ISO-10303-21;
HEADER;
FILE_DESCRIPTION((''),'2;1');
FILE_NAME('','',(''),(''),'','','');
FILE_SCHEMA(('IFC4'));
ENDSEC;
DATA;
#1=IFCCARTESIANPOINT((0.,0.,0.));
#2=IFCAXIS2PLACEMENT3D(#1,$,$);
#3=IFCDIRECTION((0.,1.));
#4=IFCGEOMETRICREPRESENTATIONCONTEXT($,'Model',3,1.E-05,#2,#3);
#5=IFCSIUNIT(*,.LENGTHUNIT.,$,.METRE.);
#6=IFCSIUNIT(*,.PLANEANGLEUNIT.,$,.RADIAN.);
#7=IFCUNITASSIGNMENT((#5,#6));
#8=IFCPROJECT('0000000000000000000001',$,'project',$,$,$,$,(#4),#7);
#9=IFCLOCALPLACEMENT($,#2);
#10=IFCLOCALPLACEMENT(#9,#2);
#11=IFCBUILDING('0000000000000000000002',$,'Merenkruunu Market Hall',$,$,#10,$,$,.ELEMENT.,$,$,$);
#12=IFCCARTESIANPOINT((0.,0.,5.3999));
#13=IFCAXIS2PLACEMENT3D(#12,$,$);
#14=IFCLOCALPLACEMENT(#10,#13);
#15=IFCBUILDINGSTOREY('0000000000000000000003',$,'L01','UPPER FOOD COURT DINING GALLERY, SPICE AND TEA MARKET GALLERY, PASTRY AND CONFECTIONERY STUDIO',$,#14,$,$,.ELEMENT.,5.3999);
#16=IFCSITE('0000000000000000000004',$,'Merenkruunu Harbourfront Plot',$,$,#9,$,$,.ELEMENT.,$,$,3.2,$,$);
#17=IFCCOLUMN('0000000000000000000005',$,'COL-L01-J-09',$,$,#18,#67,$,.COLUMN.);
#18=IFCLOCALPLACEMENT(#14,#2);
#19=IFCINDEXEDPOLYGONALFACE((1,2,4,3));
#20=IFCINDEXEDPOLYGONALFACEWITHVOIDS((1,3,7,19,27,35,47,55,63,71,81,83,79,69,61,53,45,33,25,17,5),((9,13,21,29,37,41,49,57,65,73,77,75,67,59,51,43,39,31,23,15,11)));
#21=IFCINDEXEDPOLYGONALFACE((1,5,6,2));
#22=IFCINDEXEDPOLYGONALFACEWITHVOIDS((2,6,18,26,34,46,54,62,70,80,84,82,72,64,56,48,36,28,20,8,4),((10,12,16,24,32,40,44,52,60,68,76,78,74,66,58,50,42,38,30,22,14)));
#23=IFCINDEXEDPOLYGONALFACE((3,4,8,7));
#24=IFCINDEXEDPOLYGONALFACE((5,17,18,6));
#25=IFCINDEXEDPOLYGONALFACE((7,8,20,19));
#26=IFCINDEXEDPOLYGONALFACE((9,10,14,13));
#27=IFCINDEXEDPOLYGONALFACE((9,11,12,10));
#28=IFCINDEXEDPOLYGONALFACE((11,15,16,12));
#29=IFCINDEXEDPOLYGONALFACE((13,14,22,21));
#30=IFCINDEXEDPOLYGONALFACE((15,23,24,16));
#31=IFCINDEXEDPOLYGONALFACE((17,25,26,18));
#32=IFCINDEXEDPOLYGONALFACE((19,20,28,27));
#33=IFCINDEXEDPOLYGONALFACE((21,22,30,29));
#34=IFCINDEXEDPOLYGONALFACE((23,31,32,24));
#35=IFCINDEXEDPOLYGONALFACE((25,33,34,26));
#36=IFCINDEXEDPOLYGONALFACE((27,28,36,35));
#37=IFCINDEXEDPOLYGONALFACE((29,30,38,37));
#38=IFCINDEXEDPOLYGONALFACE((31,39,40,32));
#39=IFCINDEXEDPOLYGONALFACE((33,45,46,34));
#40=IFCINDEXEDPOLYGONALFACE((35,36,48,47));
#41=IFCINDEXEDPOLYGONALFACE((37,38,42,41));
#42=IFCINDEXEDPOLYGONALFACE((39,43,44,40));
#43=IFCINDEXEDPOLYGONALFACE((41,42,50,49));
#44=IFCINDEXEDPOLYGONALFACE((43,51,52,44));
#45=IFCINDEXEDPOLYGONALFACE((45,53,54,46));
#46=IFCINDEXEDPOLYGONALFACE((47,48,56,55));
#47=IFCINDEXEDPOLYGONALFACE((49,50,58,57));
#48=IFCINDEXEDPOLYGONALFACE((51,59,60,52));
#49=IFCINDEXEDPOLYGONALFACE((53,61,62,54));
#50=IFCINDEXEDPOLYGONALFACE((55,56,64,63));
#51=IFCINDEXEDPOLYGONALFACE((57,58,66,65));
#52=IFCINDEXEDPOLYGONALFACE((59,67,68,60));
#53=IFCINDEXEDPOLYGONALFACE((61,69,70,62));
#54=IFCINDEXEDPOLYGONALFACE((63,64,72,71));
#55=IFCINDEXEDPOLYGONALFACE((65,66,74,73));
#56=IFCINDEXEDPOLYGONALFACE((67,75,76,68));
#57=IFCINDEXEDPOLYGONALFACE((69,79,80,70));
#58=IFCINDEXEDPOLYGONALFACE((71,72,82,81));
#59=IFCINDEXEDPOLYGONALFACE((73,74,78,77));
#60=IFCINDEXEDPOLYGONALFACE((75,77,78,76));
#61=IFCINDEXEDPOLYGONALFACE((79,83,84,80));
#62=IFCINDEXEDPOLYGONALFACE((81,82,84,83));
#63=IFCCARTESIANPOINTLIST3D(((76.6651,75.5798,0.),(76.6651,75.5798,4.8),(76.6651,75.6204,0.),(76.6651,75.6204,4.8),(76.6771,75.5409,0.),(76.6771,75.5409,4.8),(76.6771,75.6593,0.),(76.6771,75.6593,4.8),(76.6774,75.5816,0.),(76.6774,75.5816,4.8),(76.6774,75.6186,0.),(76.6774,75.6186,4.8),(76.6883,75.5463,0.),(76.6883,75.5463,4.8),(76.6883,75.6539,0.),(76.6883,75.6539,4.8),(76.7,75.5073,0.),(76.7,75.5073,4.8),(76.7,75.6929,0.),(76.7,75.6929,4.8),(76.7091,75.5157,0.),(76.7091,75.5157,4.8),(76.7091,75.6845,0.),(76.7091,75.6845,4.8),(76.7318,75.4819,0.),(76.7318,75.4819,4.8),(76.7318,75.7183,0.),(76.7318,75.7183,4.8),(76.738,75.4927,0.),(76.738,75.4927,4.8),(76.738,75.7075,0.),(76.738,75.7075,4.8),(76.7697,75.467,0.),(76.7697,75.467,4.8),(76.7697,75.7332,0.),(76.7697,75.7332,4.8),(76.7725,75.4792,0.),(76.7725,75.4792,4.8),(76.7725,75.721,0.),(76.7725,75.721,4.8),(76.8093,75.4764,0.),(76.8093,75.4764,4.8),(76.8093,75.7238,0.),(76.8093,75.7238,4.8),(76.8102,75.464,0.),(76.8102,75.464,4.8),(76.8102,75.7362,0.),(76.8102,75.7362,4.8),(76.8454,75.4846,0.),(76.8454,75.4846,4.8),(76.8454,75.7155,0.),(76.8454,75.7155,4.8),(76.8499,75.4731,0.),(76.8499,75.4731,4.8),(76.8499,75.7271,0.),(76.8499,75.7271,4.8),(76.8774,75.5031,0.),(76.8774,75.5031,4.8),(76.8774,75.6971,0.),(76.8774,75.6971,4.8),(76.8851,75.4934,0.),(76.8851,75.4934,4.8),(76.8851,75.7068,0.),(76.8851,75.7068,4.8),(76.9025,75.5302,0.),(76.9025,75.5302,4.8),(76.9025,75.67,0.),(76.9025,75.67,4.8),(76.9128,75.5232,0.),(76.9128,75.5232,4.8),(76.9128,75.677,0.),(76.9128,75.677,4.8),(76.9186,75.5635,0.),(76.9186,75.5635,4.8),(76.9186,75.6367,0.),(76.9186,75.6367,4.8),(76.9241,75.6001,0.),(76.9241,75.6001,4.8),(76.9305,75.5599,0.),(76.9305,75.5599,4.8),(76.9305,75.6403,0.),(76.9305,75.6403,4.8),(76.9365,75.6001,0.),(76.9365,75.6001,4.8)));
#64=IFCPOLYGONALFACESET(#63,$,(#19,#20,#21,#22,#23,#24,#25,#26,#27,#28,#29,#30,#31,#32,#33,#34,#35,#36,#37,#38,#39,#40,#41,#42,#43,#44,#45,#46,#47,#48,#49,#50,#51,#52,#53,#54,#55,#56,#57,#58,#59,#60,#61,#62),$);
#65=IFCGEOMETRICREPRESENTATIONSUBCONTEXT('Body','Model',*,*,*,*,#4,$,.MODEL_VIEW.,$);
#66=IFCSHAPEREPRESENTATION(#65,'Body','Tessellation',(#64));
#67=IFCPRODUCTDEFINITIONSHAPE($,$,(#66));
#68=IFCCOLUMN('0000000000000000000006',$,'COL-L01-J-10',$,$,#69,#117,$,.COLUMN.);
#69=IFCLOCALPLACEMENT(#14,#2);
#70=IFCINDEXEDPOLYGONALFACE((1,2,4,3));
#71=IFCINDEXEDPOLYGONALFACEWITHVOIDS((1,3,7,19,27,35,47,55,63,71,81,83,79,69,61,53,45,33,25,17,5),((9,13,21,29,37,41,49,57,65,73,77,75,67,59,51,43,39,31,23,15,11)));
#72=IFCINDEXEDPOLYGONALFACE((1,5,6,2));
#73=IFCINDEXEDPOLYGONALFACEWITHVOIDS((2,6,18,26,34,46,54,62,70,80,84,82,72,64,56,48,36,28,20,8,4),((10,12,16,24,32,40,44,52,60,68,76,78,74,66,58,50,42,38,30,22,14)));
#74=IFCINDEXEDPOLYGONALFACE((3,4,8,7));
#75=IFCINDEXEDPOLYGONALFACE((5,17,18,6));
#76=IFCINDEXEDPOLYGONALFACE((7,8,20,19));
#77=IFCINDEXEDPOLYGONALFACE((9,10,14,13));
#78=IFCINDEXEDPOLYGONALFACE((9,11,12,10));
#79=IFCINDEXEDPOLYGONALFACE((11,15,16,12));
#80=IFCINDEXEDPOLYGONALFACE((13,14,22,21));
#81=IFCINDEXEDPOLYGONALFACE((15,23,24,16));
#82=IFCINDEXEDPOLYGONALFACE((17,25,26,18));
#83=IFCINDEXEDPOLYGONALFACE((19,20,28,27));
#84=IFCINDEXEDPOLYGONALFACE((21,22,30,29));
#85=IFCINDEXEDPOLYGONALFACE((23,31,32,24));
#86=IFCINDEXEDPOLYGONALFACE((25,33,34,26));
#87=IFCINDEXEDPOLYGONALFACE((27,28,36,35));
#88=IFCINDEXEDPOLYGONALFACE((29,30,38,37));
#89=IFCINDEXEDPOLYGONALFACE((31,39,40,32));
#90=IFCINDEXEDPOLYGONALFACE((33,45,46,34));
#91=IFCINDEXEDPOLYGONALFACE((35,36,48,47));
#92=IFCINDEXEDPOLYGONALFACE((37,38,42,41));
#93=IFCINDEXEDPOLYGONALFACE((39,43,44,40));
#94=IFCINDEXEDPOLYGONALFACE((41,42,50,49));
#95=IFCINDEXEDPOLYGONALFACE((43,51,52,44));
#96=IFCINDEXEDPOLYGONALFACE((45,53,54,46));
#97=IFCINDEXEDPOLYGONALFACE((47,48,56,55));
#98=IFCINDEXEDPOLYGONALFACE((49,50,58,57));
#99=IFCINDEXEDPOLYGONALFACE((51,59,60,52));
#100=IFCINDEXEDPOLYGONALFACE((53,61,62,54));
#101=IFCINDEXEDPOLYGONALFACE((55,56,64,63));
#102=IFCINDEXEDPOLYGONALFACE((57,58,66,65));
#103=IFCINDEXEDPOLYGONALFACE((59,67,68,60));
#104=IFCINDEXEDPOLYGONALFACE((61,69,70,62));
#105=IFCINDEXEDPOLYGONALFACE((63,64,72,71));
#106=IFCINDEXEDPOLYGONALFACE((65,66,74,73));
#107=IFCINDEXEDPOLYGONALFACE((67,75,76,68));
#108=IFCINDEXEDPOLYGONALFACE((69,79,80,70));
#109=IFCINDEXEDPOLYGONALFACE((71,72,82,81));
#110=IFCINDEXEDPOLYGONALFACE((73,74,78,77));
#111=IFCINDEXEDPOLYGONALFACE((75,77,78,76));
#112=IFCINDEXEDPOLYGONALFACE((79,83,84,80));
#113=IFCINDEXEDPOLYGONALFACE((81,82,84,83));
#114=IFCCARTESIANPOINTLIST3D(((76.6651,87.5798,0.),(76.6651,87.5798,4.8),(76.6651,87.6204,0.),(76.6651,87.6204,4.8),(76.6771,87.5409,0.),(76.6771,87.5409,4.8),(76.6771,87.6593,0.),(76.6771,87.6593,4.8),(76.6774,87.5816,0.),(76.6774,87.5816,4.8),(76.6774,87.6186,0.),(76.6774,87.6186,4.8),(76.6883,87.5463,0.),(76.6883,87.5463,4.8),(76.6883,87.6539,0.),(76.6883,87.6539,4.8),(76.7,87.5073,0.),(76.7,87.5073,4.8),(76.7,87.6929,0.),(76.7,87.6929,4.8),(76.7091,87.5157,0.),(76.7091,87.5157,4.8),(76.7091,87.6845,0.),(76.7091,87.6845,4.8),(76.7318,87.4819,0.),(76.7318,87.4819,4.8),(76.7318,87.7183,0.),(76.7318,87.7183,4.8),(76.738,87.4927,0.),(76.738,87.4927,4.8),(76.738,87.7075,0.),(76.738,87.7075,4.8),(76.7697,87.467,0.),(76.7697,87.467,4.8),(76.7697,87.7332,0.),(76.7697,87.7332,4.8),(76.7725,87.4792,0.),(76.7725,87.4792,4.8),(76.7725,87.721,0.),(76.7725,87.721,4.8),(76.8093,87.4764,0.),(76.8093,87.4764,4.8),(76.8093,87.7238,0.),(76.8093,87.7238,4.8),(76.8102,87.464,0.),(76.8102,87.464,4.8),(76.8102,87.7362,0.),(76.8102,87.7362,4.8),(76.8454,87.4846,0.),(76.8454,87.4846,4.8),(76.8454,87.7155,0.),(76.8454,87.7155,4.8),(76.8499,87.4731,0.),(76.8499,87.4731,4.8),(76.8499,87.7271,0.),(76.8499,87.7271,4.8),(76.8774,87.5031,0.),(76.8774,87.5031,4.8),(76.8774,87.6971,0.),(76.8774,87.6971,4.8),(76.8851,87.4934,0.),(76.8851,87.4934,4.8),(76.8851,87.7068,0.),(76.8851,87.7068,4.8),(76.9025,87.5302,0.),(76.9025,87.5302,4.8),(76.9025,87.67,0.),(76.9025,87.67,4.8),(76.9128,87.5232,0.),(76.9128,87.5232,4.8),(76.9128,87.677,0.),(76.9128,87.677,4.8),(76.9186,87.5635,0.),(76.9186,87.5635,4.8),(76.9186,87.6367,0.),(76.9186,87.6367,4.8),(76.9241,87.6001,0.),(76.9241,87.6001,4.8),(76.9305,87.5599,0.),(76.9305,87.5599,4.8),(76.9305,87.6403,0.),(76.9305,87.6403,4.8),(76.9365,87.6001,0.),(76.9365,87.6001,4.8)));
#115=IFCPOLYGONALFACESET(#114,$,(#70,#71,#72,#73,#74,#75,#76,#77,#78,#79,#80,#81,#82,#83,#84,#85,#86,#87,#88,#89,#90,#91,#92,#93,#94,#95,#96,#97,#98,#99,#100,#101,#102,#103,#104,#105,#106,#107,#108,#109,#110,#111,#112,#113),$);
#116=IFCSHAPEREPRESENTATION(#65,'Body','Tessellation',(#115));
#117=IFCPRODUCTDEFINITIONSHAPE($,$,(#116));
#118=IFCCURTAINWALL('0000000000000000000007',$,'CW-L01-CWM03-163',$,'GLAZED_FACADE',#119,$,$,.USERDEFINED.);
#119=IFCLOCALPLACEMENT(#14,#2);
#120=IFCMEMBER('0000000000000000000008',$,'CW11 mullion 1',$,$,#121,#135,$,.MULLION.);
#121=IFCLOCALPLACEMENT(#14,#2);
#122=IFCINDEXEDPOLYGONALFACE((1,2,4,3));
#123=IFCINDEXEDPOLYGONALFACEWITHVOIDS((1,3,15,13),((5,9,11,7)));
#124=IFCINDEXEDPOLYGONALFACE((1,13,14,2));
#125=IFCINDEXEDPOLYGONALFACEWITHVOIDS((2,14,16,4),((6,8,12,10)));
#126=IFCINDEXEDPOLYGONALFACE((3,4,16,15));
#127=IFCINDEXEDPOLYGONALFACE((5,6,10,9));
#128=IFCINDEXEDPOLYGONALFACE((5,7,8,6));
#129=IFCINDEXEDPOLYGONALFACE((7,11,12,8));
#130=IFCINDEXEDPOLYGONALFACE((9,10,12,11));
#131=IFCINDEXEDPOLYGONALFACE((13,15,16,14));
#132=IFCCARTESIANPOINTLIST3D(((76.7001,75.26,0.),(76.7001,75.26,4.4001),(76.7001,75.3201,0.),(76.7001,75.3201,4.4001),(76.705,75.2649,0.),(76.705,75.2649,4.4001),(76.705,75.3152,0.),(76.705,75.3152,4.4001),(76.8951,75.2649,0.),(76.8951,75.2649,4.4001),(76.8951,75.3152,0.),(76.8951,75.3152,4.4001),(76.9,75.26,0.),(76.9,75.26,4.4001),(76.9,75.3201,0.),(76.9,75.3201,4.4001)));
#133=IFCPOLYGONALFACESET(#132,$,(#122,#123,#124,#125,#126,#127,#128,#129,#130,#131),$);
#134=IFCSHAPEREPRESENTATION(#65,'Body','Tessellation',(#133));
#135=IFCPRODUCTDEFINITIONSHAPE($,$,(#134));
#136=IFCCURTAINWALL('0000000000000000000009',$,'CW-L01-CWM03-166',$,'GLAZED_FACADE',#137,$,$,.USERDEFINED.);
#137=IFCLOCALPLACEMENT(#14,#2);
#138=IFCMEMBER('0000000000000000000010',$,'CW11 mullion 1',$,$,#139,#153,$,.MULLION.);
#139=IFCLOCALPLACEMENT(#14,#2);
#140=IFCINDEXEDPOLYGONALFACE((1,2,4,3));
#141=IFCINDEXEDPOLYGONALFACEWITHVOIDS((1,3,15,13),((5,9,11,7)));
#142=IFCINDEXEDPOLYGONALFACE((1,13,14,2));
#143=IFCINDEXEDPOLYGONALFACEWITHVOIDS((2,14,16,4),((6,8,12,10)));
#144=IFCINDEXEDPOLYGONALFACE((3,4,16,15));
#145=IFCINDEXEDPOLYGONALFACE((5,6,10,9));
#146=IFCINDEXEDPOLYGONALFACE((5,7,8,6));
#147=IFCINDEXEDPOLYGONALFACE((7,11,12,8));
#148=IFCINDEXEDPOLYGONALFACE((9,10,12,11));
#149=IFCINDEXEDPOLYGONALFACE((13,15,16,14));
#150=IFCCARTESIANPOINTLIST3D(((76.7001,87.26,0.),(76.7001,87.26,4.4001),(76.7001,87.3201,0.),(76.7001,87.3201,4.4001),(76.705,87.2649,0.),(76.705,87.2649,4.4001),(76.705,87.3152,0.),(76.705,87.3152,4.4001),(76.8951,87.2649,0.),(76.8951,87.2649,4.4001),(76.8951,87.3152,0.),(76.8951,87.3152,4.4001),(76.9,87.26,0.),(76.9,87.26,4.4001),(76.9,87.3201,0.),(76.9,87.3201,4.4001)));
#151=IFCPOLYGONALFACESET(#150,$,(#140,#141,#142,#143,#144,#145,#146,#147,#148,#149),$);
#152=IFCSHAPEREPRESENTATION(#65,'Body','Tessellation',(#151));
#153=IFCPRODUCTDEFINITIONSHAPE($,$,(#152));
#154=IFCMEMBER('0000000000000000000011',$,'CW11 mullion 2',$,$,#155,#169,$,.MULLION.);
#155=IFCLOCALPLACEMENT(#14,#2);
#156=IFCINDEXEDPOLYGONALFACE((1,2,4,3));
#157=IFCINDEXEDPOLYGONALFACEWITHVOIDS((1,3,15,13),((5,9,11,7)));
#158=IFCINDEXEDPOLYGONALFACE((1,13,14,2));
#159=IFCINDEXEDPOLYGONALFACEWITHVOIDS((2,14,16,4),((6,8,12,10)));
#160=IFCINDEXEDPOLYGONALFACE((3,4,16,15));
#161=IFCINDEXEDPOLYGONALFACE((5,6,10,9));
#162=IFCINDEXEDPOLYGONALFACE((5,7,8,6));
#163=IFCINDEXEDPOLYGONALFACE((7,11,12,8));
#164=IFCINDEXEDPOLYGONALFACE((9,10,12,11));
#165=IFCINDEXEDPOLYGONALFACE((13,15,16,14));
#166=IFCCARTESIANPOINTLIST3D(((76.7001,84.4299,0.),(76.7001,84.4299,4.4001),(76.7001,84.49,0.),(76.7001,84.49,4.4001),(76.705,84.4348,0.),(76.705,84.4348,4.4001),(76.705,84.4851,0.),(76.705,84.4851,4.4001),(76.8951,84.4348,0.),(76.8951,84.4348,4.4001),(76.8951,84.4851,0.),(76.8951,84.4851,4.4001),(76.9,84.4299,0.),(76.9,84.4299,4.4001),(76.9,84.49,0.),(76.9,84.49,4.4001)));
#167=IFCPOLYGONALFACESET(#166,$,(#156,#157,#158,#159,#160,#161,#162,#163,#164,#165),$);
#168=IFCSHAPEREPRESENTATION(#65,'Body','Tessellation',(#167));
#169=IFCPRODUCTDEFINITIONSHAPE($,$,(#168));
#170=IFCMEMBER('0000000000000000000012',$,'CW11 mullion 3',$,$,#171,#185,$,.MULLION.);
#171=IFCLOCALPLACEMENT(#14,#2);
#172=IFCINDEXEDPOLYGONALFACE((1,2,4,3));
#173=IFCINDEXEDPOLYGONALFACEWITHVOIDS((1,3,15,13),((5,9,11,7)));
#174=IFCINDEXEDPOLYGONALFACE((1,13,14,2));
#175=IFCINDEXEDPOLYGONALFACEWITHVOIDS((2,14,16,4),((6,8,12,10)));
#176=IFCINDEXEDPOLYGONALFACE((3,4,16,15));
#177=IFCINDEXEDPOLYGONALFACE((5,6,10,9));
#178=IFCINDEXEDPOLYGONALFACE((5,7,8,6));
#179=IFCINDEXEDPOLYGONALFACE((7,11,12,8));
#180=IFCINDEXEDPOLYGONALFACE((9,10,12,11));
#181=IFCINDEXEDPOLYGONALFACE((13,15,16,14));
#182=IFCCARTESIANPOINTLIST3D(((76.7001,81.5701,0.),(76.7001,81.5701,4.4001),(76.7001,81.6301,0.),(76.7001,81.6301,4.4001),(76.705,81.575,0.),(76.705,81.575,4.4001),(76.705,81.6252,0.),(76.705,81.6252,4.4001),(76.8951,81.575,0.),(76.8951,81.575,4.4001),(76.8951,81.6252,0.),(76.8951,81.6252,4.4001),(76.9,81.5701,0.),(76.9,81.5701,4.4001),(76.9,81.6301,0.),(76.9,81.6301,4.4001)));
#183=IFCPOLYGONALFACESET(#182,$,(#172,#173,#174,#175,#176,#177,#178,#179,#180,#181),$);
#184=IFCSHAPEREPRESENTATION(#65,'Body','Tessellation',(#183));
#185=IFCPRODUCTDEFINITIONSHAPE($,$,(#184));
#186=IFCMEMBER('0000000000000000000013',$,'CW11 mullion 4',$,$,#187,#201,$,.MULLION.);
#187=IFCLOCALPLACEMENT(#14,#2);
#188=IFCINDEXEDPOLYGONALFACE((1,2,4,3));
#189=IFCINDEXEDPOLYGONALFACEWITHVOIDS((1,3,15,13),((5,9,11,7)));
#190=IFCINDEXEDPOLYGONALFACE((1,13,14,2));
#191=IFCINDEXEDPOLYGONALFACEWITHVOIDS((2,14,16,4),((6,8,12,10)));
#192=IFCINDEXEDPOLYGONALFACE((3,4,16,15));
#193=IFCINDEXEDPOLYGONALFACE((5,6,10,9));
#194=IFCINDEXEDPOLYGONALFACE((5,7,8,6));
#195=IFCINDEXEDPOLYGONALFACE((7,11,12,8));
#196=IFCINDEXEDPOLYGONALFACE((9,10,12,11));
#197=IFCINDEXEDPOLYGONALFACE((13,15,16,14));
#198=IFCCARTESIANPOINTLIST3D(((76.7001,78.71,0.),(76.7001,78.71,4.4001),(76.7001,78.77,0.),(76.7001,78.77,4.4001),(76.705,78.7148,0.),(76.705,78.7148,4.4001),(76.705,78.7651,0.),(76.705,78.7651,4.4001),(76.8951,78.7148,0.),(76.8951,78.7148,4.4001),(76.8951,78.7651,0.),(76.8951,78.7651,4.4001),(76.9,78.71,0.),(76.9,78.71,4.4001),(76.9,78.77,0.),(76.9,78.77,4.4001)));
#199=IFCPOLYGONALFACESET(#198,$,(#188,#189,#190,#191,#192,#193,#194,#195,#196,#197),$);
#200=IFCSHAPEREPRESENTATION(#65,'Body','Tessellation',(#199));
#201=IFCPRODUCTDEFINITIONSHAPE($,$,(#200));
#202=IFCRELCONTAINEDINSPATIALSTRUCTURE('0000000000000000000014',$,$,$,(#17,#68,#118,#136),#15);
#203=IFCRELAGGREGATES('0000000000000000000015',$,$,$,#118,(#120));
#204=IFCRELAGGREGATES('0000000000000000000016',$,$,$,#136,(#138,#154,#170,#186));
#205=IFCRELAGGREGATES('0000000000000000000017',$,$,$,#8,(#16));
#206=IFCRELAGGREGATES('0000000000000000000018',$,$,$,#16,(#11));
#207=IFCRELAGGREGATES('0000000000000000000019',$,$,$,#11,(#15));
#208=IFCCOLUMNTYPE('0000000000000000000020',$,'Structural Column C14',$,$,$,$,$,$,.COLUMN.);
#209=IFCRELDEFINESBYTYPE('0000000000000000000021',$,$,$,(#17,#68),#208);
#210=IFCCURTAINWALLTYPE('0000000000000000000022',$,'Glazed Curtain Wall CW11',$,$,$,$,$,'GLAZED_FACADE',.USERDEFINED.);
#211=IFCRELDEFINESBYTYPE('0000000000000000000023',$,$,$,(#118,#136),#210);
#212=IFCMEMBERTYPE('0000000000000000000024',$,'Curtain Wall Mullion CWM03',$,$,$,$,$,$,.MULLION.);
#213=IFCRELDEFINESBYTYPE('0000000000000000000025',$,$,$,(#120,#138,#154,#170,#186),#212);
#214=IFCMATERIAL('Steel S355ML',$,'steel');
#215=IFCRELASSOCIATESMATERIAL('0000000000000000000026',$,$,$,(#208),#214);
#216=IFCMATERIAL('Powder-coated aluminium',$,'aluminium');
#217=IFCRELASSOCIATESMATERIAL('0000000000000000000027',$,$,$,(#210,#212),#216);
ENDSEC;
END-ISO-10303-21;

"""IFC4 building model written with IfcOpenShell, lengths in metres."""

from ifc_helpers import new_model, si_unit, direction, frame, origin, origin_2d, place, context, subcontext, project, spatial, hollow_rectangle, hollow_circle, extrude, material, material_profile, profile_set, type_object, element, aggregate, save


model = new_model("IFC4")

# Units and contexts
model_context = context("Model", 3, precision=1e-05, world=origin(), true_north=direction((0.0, 1.0)))
body_context = subcontext(model_context, "Body", "Model", "MODEL_VIEW")
ifc_project = project(units=[si_unit("LENGTHUNIT", "METRE"), si_unit("PLANEANGLEUNIT", "RADIAN")], contexts=[model_context])

# Site, building, storey
site_placement = place(None, origin())
site = spatial("IfcSite", under=ifc_project, at=site_placement, Name="Merenkruunu Harbourfront Plot", CompositionType="ELEMENT", RefElevation=3.2)
building_placement = place(site_placement, origin())
building = spatial("IfcBuilding", under=site, at=building_placement, Name="Merenkruunu Market Hall", CompositionType="ELEMENT")
storey_placement = place(building_placement, frame((0.0, 0.0, 5.3999)))
storey = spatial("IfcBuildingStorey", under=building, at=storey_placement, Name="L01", Description="UPPER FOOD COURT DINING GALLERY, SPICE AND TEA MARKET GALLERY, PASTRY AND CONFECTIONERY STUDIO", CompositionType="ELEMENT", Elevation=5.3999)

# Columns
ifc_material_1 = material(Name="Steel S355ML", Category="steel")
ifc_material_profile_1 = material_profile(ifc_material_1, hollow_circle(Radius=0.1365, WallThickness=0.0125, at=origin_2d()), Name="CHS 273x12.5")
ifc_profile_set_1 = profile_set([ifc_material_profile_1], Name="Steel S355ML")
column_type = type_object("IfcColumnType", Name="Structural Column C14", PredefinedType="COLUMN", material=ifc_profile_set_1)
for number, where, z_axis, x_axis, name in (
    (1, (76.8, 75.6001, 0.0), (0.0, 0.0, 1.0), (1.0, 0.0, 0.0), "COL-L01-J-09"),
    (2, (76.8, 87.6001, 0.0), (0.0, 0.0, 1.0), (1.0, 0.0, 0.0), "COL-L01-J-10"),
):
    element("IfcColumn", number, at=place(storey_placement, frame(where, z_axis=z_axis, x_axis=x_axis)), inside=storey, type_object=column_type, Name=name, PredefinedType="COLUMN", context=body_context, shape_type="SweptSolid", body=[
        extrude(hollow_circle(Radius=0.1365, WallThickness=0.0125, at=origin_2d()), origin(), (0.0, 0.0, 1.0), 4.8),
    ])

# Curtain wall, member
ifc_material_2 = material(Name="Powder-coated aluminium", Category="aluminium")
curtain_wall_type = type_object("IfcCurtainWallType", Name="Glazed Curtain Wall CW11", ElementType="GLAZED_FACADE", PredefinedType="USERDEFINED", material=ifc_material_2)
curtain_wall_1_placement = place(storey_placement, origin())
curtain_wall_1 = element("IfcCurtainWall", 3, at=curtain_wall_1_placement, inside=storey, type_object=curtain_wall_type, Name="CW-L01-CWM03-163", ObjectType="GLAZED_FACADE", PredefinedType="USERDEFINED")
ifc_material_profile_2 = material_profile(ifc_material_2, hollow_rectangle(XDim=0.0601, YDim=0.2, WallThickness=0.0049, at=origin_2d()), Name="ALU 60x200x5")
ifc_profile_set_2 = profile_set([ifc_material_profile_2], Name="Powder-coated aluminium")
member_type_1 = type_object("IfcMemberType", Name="Curtain Wall Mullion CWM03", PredefinedType="MULLION", material=ifc_profile_set_2)
member_1_placement = place(storey_placement, frame((76.8, 75.29, 0.0), z_axis=(0.0, 0.0, 1.0), x_axis=(0.0, -1.0, 0.0)))
member_1 = element("IfcMember", 4, at=member_1_placement, type_object=member_type_1, Name="CW11 mullion 1", PredefinedType="MULLION", context=body_context, shape_type="SweptSolid", body=[
    extrude(hollow_rectangle(XDim=0.0601, YDim=0.2, WallThickness=0.0049, at=origin_2d()), origin(), (0.0, 0.0, 1.0), 4.4001),
])

# Curtain wall, members
curtain_wall_2_placement = place(storey_placement, origin())
curtain_wall_2 = element("IfcCurtainWall", 5, at=curtain_wall_2_placement, inside=storey, type_object=curtain_wall_type, Name="CW-L01-CWM03-166", ObjectType="GLAZED_FACADE", PredefinedType="USERDEFINED")
member_2_placement = place(storey_placement, frame((76.8, 87.29, 0.0), z_axis=(0.0, 0.0, 1.0), x_axis=(0.0, -1.0, 0.0)))
member_2 = element("IfcMember", 6, at=member_2_placement, type_object=member_type_1, Name="CW11 mullion 1", PredefinedType="MULLION", context=body_context, shape_type="SweptSolid", body=[
    extrude(hollow_rectangle(XDim=0.0601, YDim=0.2, WallThickness=0.0049, at=origin_2d()), origin(), (0.0, 0.0, 1.0), 4.4001),
])
member_3_placement = place(storey_placement, frame((76.8, 84.46, 0.0), z_axis=(0.0, 0.0, 1.0), x_axis=(0.0, -1.0, 0.0)))
member_3 = element("IfcMember", 7, at=member_3_placement, type_object=member_type_1, Name="CW11 mullion 2", PredefinedType="MULLION", context=body_context, shape_type="SweptSolid", body=[
    extrude(hollow_rectangle(XDim=0.0601, YDim=0.2, WallThickness=0.0049, at=origin_2d()), origin(), (0.0, 0.0, 1.0), 4.4001),
])
member_4_placement = place(storey_placement, frame((76.8, 81.6001, 0.0), z_axis=(0.0, 0.0, 1.0), x_axis=(0.0, -1.0, 0.0)))
member_4 = element("IfcMember", 8, at=member_4_placement, type_object=member_type_1, Name="CW11 mullion 3", PredefinedType="MULLION", context=body_context, shape_type="SweptSolid", body=[
    extrude(hollow_rectangle(XDim=0.0601, YDim=0.2, WallThickness=0.0049, at=origin_2d()), origin(), (0.0, 0.0, 1.0), 4.4001),
])
member_5_placement = place(storey_placement, frame((76.8, 78.74, 0.0), z_axis=(0.0, 0.0, 1.0), x_axis=(0.0, -1.0, 0.0)))
member_5 = element("IfcMember", 9, at=member_5_placement, type_object=member_type_1, Name="CW11 mullion 4", PredefinedType="MULLION", context=body_context, shape_type="SweptSolid", body=[
    extrude(hollow_rectangle(XDim=0.0601, YDim=0.2, WallThickness=0.0049, at=origin_2d()), origin(), (0.0, 0.0, 1.0), 4.4001),
])

aggregate(curtain_wall_1, [member_1])

aggregate(curtain_wall_2, [member_2, member_3, member_4, member_5])

save(model, "model.ifc")
